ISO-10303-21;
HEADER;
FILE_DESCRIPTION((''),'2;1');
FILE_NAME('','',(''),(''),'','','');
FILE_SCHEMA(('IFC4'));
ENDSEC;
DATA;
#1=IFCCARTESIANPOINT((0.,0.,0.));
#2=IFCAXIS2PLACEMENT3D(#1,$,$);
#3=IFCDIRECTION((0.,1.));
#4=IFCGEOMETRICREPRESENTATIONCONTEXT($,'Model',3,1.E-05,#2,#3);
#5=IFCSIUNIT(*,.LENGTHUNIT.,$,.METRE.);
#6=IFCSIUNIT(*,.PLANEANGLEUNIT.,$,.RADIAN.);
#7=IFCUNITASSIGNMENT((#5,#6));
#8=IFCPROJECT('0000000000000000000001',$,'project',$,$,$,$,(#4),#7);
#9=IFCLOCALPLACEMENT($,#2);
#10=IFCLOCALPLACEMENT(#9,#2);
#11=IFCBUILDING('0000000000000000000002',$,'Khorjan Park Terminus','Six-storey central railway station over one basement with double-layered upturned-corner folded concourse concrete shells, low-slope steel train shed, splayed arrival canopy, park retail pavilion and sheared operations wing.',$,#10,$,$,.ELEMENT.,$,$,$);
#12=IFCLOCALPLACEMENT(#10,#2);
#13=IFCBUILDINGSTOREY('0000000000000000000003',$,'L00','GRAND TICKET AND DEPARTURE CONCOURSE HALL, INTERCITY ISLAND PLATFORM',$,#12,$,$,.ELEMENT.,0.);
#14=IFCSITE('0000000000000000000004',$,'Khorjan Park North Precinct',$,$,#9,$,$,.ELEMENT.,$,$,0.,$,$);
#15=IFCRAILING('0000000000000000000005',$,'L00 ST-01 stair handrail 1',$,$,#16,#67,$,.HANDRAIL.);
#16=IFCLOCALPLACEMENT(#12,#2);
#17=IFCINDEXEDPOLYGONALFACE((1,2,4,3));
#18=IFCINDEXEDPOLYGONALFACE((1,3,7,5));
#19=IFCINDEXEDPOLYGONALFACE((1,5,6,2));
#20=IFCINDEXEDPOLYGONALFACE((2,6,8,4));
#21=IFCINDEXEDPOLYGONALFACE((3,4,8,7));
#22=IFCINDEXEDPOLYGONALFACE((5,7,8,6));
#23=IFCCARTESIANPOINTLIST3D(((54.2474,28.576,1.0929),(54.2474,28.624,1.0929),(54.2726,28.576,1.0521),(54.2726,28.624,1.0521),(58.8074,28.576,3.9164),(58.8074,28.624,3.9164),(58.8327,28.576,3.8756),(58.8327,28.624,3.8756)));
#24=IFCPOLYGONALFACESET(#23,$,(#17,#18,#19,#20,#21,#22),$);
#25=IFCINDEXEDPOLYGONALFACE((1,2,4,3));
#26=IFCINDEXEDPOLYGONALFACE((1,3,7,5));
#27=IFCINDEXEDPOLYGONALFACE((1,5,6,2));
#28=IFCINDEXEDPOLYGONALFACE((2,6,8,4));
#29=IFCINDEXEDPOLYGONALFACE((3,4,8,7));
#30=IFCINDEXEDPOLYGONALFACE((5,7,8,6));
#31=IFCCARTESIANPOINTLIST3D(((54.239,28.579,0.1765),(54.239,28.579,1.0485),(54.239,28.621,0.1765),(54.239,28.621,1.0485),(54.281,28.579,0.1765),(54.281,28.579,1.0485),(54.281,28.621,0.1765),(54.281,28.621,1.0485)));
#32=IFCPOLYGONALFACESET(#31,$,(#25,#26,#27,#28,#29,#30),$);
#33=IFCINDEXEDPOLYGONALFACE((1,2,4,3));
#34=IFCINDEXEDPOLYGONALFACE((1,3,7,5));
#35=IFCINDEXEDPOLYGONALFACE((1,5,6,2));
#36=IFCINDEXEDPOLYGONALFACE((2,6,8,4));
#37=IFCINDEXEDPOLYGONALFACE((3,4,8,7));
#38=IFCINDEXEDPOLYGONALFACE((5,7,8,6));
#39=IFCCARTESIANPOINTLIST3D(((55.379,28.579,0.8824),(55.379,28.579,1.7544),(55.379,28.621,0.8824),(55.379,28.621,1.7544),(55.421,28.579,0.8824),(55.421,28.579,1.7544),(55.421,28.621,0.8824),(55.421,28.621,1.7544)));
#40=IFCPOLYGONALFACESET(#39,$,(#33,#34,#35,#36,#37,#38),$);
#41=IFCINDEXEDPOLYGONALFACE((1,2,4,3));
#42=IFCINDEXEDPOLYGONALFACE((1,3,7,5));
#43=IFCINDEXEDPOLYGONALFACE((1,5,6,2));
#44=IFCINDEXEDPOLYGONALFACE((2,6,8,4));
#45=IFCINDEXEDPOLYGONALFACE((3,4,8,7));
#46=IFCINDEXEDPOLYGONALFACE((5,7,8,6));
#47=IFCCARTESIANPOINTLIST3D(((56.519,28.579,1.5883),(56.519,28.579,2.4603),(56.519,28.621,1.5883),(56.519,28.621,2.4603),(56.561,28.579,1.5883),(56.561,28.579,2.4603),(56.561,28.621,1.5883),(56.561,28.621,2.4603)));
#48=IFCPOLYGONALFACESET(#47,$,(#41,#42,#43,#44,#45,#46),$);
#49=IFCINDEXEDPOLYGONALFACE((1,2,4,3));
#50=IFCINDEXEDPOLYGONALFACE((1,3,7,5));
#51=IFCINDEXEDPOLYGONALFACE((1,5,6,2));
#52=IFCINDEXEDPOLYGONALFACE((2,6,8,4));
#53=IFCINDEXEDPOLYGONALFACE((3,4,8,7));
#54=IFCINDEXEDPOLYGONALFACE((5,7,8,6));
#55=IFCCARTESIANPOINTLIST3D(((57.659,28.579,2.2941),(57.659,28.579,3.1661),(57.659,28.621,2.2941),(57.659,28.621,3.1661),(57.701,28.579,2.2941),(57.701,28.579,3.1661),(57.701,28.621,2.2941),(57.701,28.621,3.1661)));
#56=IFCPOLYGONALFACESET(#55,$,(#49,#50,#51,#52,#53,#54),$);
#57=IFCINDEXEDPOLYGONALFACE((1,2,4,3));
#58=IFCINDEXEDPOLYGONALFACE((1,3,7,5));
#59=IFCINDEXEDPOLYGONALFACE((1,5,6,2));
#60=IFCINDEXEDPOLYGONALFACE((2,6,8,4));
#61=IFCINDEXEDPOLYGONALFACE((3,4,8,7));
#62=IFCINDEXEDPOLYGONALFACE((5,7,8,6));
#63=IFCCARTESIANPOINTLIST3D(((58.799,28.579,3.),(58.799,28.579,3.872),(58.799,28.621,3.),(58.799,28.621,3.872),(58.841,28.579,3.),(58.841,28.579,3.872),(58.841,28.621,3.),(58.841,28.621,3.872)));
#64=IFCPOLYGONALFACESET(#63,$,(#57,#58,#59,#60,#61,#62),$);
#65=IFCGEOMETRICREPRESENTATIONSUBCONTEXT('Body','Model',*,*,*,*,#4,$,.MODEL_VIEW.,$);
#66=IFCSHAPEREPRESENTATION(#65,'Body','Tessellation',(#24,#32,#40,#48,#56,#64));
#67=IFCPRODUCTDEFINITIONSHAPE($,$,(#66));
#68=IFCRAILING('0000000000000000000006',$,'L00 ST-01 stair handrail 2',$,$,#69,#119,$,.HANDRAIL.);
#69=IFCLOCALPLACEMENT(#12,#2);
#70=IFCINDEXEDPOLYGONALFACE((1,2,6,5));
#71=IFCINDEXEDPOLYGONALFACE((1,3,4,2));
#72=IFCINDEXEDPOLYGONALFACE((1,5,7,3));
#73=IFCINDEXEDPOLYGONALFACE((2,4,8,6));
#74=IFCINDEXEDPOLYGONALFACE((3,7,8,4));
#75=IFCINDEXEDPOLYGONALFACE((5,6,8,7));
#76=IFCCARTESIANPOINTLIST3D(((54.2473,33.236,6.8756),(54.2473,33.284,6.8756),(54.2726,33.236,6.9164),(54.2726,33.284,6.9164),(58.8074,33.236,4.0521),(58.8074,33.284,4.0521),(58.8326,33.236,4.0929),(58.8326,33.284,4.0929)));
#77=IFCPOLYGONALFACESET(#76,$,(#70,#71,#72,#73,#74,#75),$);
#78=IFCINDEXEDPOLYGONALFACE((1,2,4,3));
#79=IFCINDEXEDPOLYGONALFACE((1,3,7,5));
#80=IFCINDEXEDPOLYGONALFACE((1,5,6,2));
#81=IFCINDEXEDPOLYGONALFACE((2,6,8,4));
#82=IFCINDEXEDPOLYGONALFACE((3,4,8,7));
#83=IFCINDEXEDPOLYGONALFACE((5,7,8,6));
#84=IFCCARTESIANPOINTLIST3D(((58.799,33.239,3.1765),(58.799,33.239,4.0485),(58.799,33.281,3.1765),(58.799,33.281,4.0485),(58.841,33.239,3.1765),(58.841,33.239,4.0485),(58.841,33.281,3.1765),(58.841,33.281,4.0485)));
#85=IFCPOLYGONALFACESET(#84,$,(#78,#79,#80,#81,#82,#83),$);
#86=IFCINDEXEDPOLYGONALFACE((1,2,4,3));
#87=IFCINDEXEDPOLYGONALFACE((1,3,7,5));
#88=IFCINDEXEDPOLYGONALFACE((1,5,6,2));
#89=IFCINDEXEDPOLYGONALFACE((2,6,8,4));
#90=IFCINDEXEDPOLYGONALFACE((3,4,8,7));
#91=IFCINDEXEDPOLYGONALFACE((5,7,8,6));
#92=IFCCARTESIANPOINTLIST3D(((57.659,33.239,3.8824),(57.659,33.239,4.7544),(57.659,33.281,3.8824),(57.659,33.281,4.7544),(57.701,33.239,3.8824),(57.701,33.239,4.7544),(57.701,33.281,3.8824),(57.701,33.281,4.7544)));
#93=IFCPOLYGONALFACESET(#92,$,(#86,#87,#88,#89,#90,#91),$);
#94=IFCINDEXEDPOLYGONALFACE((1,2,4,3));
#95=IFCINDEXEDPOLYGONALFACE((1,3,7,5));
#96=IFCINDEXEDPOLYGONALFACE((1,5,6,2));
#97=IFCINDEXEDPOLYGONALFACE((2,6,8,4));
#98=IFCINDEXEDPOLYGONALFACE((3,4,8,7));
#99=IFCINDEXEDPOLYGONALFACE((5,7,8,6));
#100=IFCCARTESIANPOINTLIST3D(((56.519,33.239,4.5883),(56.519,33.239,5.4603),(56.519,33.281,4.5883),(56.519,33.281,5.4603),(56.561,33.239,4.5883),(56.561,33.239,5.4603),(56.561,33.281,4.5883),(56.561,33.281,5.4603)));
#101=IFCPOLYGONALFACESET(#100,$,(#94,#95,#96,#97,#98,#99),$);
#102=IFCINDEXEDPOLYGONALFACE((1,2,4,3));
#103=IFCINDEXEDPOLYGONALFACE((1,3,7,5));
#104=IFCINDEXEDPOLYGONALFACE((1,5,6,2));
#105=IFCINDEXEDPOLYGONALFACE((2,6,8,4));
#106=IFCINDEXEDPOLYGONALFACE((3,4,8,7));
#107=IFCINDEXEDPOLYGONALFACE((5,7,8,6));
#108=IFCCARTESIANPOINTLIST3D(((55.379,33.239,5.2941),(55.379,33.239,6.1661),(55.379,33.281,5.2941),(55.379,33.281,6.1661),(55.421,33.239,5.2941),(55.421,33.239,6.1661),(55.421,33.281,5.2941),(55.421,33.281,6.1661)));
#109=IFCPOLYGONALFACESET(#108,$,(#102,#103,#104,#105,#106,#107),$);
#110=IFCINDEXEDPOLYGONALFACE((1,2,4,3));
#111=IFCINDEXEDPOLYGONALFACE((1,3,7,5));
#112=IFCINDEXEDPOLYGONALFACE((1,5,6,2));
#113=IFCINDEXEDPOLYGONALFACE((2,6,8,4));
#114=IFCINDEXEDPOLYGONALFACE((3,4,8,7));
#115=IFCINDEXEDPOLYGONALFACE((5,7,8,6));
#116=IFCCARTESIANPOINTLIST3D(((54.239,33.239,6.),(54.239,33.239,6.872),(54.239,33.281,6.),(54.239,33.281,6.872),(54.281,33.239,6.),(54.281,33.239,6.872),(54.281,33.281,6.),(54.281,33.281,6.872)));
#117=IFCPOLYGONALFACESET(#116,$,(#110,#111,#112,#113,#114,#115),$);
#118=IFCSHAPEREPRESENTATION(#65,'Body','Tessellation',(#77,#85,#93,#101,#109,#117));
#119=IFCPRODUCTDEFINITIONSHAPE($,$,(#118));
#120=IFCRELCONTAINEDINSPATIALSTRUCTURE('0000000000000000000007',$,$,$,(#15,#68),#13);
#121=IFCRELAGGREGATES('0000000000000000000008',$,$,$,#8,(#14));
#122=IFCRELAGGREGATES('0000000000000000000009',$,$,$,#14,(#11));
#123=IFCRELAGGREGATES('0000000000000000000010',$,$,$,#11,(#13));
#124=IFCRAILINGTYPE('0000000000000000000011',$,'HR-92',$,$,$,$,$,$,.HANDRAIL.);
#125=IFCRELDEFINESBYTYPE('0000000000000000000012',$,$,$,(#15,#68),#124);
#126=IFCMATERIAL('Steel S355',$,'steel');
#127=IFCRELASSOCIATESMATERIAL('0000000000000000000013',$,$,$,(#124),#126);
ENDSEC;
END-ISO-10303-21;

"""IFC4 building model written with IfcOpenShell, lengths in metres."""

from ifc_helpers import new_model, si_unit, direction, frame, origin, origin_2d, place, context, subcontext, project, spatial, rectangle, extrude, material, type_object, element, save


model = new_model("IFC4")

# Units and contexts
model_context = context("Model", 3, precision=1e-05, world=origin(), true_north=direction((0.0, 1.0)))
body_context = subcontext(model_context, "Body", "Model", "MODEL_VIEW")
ifc_project = project(units=[si_unit("LENGTHUNIT", "METRE"), si_unit("PLANEANGLEUNIT", "RADIAN")], contexts=[model_context])

# Site, building, storey
site_placement = place(None, origin())
site = spatial("IfcSite", under=ifc_project, at=site_placement, Name="Khorjan Park North Precinct", CompositionType="ELEMENT", RefElevation=0.0)
building_placement = place(site_placement, origin())
building = spatial("IfcBuilding", under=site, at=building_placement, Name="Khorjan Park Terminus", Description="Six-storey central railway station over one basement with double-layered upturned-corner folded concourse concrete shells, low-slope steel train shed, splayed arrival canopy, park retail pavilion and sheared operations wing.", CompositionType="ELEMENT")
storey_placement = place(building_placement, origin())
storey = spatial("IfcBuildingStorey", under=building, at=storey_placement, Name="L00", Description="GRAND TICKET AND DEPARTURE CONCOURSE HALL, INTERCITY ISLAND PLATFORM", CompositionType="ELEMENT", Elevation=0.0)

# Railings
ifc_material_1 = material(Name="Steel S355", Category="steel")
railing_type_1 = type_object("IfcRailingType", Name="HR-92", PredefinedType="HANDRAIL", material=ifc_material_1)
railing_1_placement = place(storey_placement, frame((54.26, 28.6, 0.1765)))
element("IfcRailing", 1, at=railing_1_placement, inside=storey, type_object=railing_type_1, Name="L00 ST-01 stair handrail 1", PredefinedType="HANDRAIL", context=body_context, shape_type="SweptSolid", body=[
    extrude(rectangle(XDim=0.048, YDim=0.048, at=origin_2d()), frame((0.0, 0.0, 0.896), z_axis=(0.850211, 0.0, 0.526441), x_axis=(0.0, 1.0, 0.0)), (0.0, 0.0, 1.0), 5.3634),
    extrude(rectangle(XDim=0.042, YDim=0.042, at=origin_2d()), origin(), (0.0, 0.0, 1.0), 0.872),
    extrude(rectangle(XDim=0.042, YDim=0.042, at=origin_2d()), frame((1.14, 0.0, 0.7059)), (0.0, 0.0, 1.0), 0.872),
    extrude(rectangle(XDim=0.042, YDim=0.042, at=origin_2d()), frame((2.28, 0.0, 1.4118)), (0.0, 0.0, 1.0), 0.872),
    extrude(rectangle(XDim=0.042, YDim=0.042, at=origin_2d()), frame((3.42, 0.0, 2.1176)), (0.0, 0.0, 1.0), 0.872),
    extrude(rectangle(XDim=0.042, YDim=0.042, at=origin_2d()), frame((4.56, 0.0, 2.8235)), (0.0, 0.0, 1.0), 0.872),
])
railing_2_placement = place(storey_placement, frame((58.82, 33.26, 3.1765)))
element("IfcRailing", 2, at=railing_2_placement, inside=storey, type_object=railing_type_1, Name="L00 ST-01 stair handrail 2", PredefinedType="HANDRAIL", context=body_context, shape_type="SweptSolid", body=[
    extrude(rectangle(XDim=0.048, YDim=0.048, at=origin_2d()), frame((0.0, 0.0, 0.896), z_axis=(-0.850211, 0.0, 0.526441), x_axis=(0.0, -1.0, 0.0)), (0.0, 0.0, 1.0), 5.3634),
    extrude(rectangle(XDim=0.042, YDim=0.042, at=origin_2d()), origin(), (0.0, 0.0, 1.0), 0.872),
    extrude(rectangle(XDim=0.042, YDim=0.042, at=origin_2d()), frame((-1.14, 0.0, 0.7059)), (0.0, 0.0, 1.0), 0.872),
    extrude(rectangle(XDim=0.042, YDim=0.042, at=origin_2d()), frame((-2.28, 0.0, 1.4118)), (0.0, 0.0, 1.0), 0.872),
    extrude(rectangle(XDim=0.042, YDim=0.042, at=origin_2d()), frame((-3.42, 0.0, 2.1176)), (0.0, 0.0, 1.0), 0.872),
    extrude(rectangle(XDim=0.042, YDim=0.042, at=origin_2d()), frame((-4.56, 0.0, 2.8235)), (0.0, 0.0, 1.0), 0.872),
])

save(model, "model.ifc")
